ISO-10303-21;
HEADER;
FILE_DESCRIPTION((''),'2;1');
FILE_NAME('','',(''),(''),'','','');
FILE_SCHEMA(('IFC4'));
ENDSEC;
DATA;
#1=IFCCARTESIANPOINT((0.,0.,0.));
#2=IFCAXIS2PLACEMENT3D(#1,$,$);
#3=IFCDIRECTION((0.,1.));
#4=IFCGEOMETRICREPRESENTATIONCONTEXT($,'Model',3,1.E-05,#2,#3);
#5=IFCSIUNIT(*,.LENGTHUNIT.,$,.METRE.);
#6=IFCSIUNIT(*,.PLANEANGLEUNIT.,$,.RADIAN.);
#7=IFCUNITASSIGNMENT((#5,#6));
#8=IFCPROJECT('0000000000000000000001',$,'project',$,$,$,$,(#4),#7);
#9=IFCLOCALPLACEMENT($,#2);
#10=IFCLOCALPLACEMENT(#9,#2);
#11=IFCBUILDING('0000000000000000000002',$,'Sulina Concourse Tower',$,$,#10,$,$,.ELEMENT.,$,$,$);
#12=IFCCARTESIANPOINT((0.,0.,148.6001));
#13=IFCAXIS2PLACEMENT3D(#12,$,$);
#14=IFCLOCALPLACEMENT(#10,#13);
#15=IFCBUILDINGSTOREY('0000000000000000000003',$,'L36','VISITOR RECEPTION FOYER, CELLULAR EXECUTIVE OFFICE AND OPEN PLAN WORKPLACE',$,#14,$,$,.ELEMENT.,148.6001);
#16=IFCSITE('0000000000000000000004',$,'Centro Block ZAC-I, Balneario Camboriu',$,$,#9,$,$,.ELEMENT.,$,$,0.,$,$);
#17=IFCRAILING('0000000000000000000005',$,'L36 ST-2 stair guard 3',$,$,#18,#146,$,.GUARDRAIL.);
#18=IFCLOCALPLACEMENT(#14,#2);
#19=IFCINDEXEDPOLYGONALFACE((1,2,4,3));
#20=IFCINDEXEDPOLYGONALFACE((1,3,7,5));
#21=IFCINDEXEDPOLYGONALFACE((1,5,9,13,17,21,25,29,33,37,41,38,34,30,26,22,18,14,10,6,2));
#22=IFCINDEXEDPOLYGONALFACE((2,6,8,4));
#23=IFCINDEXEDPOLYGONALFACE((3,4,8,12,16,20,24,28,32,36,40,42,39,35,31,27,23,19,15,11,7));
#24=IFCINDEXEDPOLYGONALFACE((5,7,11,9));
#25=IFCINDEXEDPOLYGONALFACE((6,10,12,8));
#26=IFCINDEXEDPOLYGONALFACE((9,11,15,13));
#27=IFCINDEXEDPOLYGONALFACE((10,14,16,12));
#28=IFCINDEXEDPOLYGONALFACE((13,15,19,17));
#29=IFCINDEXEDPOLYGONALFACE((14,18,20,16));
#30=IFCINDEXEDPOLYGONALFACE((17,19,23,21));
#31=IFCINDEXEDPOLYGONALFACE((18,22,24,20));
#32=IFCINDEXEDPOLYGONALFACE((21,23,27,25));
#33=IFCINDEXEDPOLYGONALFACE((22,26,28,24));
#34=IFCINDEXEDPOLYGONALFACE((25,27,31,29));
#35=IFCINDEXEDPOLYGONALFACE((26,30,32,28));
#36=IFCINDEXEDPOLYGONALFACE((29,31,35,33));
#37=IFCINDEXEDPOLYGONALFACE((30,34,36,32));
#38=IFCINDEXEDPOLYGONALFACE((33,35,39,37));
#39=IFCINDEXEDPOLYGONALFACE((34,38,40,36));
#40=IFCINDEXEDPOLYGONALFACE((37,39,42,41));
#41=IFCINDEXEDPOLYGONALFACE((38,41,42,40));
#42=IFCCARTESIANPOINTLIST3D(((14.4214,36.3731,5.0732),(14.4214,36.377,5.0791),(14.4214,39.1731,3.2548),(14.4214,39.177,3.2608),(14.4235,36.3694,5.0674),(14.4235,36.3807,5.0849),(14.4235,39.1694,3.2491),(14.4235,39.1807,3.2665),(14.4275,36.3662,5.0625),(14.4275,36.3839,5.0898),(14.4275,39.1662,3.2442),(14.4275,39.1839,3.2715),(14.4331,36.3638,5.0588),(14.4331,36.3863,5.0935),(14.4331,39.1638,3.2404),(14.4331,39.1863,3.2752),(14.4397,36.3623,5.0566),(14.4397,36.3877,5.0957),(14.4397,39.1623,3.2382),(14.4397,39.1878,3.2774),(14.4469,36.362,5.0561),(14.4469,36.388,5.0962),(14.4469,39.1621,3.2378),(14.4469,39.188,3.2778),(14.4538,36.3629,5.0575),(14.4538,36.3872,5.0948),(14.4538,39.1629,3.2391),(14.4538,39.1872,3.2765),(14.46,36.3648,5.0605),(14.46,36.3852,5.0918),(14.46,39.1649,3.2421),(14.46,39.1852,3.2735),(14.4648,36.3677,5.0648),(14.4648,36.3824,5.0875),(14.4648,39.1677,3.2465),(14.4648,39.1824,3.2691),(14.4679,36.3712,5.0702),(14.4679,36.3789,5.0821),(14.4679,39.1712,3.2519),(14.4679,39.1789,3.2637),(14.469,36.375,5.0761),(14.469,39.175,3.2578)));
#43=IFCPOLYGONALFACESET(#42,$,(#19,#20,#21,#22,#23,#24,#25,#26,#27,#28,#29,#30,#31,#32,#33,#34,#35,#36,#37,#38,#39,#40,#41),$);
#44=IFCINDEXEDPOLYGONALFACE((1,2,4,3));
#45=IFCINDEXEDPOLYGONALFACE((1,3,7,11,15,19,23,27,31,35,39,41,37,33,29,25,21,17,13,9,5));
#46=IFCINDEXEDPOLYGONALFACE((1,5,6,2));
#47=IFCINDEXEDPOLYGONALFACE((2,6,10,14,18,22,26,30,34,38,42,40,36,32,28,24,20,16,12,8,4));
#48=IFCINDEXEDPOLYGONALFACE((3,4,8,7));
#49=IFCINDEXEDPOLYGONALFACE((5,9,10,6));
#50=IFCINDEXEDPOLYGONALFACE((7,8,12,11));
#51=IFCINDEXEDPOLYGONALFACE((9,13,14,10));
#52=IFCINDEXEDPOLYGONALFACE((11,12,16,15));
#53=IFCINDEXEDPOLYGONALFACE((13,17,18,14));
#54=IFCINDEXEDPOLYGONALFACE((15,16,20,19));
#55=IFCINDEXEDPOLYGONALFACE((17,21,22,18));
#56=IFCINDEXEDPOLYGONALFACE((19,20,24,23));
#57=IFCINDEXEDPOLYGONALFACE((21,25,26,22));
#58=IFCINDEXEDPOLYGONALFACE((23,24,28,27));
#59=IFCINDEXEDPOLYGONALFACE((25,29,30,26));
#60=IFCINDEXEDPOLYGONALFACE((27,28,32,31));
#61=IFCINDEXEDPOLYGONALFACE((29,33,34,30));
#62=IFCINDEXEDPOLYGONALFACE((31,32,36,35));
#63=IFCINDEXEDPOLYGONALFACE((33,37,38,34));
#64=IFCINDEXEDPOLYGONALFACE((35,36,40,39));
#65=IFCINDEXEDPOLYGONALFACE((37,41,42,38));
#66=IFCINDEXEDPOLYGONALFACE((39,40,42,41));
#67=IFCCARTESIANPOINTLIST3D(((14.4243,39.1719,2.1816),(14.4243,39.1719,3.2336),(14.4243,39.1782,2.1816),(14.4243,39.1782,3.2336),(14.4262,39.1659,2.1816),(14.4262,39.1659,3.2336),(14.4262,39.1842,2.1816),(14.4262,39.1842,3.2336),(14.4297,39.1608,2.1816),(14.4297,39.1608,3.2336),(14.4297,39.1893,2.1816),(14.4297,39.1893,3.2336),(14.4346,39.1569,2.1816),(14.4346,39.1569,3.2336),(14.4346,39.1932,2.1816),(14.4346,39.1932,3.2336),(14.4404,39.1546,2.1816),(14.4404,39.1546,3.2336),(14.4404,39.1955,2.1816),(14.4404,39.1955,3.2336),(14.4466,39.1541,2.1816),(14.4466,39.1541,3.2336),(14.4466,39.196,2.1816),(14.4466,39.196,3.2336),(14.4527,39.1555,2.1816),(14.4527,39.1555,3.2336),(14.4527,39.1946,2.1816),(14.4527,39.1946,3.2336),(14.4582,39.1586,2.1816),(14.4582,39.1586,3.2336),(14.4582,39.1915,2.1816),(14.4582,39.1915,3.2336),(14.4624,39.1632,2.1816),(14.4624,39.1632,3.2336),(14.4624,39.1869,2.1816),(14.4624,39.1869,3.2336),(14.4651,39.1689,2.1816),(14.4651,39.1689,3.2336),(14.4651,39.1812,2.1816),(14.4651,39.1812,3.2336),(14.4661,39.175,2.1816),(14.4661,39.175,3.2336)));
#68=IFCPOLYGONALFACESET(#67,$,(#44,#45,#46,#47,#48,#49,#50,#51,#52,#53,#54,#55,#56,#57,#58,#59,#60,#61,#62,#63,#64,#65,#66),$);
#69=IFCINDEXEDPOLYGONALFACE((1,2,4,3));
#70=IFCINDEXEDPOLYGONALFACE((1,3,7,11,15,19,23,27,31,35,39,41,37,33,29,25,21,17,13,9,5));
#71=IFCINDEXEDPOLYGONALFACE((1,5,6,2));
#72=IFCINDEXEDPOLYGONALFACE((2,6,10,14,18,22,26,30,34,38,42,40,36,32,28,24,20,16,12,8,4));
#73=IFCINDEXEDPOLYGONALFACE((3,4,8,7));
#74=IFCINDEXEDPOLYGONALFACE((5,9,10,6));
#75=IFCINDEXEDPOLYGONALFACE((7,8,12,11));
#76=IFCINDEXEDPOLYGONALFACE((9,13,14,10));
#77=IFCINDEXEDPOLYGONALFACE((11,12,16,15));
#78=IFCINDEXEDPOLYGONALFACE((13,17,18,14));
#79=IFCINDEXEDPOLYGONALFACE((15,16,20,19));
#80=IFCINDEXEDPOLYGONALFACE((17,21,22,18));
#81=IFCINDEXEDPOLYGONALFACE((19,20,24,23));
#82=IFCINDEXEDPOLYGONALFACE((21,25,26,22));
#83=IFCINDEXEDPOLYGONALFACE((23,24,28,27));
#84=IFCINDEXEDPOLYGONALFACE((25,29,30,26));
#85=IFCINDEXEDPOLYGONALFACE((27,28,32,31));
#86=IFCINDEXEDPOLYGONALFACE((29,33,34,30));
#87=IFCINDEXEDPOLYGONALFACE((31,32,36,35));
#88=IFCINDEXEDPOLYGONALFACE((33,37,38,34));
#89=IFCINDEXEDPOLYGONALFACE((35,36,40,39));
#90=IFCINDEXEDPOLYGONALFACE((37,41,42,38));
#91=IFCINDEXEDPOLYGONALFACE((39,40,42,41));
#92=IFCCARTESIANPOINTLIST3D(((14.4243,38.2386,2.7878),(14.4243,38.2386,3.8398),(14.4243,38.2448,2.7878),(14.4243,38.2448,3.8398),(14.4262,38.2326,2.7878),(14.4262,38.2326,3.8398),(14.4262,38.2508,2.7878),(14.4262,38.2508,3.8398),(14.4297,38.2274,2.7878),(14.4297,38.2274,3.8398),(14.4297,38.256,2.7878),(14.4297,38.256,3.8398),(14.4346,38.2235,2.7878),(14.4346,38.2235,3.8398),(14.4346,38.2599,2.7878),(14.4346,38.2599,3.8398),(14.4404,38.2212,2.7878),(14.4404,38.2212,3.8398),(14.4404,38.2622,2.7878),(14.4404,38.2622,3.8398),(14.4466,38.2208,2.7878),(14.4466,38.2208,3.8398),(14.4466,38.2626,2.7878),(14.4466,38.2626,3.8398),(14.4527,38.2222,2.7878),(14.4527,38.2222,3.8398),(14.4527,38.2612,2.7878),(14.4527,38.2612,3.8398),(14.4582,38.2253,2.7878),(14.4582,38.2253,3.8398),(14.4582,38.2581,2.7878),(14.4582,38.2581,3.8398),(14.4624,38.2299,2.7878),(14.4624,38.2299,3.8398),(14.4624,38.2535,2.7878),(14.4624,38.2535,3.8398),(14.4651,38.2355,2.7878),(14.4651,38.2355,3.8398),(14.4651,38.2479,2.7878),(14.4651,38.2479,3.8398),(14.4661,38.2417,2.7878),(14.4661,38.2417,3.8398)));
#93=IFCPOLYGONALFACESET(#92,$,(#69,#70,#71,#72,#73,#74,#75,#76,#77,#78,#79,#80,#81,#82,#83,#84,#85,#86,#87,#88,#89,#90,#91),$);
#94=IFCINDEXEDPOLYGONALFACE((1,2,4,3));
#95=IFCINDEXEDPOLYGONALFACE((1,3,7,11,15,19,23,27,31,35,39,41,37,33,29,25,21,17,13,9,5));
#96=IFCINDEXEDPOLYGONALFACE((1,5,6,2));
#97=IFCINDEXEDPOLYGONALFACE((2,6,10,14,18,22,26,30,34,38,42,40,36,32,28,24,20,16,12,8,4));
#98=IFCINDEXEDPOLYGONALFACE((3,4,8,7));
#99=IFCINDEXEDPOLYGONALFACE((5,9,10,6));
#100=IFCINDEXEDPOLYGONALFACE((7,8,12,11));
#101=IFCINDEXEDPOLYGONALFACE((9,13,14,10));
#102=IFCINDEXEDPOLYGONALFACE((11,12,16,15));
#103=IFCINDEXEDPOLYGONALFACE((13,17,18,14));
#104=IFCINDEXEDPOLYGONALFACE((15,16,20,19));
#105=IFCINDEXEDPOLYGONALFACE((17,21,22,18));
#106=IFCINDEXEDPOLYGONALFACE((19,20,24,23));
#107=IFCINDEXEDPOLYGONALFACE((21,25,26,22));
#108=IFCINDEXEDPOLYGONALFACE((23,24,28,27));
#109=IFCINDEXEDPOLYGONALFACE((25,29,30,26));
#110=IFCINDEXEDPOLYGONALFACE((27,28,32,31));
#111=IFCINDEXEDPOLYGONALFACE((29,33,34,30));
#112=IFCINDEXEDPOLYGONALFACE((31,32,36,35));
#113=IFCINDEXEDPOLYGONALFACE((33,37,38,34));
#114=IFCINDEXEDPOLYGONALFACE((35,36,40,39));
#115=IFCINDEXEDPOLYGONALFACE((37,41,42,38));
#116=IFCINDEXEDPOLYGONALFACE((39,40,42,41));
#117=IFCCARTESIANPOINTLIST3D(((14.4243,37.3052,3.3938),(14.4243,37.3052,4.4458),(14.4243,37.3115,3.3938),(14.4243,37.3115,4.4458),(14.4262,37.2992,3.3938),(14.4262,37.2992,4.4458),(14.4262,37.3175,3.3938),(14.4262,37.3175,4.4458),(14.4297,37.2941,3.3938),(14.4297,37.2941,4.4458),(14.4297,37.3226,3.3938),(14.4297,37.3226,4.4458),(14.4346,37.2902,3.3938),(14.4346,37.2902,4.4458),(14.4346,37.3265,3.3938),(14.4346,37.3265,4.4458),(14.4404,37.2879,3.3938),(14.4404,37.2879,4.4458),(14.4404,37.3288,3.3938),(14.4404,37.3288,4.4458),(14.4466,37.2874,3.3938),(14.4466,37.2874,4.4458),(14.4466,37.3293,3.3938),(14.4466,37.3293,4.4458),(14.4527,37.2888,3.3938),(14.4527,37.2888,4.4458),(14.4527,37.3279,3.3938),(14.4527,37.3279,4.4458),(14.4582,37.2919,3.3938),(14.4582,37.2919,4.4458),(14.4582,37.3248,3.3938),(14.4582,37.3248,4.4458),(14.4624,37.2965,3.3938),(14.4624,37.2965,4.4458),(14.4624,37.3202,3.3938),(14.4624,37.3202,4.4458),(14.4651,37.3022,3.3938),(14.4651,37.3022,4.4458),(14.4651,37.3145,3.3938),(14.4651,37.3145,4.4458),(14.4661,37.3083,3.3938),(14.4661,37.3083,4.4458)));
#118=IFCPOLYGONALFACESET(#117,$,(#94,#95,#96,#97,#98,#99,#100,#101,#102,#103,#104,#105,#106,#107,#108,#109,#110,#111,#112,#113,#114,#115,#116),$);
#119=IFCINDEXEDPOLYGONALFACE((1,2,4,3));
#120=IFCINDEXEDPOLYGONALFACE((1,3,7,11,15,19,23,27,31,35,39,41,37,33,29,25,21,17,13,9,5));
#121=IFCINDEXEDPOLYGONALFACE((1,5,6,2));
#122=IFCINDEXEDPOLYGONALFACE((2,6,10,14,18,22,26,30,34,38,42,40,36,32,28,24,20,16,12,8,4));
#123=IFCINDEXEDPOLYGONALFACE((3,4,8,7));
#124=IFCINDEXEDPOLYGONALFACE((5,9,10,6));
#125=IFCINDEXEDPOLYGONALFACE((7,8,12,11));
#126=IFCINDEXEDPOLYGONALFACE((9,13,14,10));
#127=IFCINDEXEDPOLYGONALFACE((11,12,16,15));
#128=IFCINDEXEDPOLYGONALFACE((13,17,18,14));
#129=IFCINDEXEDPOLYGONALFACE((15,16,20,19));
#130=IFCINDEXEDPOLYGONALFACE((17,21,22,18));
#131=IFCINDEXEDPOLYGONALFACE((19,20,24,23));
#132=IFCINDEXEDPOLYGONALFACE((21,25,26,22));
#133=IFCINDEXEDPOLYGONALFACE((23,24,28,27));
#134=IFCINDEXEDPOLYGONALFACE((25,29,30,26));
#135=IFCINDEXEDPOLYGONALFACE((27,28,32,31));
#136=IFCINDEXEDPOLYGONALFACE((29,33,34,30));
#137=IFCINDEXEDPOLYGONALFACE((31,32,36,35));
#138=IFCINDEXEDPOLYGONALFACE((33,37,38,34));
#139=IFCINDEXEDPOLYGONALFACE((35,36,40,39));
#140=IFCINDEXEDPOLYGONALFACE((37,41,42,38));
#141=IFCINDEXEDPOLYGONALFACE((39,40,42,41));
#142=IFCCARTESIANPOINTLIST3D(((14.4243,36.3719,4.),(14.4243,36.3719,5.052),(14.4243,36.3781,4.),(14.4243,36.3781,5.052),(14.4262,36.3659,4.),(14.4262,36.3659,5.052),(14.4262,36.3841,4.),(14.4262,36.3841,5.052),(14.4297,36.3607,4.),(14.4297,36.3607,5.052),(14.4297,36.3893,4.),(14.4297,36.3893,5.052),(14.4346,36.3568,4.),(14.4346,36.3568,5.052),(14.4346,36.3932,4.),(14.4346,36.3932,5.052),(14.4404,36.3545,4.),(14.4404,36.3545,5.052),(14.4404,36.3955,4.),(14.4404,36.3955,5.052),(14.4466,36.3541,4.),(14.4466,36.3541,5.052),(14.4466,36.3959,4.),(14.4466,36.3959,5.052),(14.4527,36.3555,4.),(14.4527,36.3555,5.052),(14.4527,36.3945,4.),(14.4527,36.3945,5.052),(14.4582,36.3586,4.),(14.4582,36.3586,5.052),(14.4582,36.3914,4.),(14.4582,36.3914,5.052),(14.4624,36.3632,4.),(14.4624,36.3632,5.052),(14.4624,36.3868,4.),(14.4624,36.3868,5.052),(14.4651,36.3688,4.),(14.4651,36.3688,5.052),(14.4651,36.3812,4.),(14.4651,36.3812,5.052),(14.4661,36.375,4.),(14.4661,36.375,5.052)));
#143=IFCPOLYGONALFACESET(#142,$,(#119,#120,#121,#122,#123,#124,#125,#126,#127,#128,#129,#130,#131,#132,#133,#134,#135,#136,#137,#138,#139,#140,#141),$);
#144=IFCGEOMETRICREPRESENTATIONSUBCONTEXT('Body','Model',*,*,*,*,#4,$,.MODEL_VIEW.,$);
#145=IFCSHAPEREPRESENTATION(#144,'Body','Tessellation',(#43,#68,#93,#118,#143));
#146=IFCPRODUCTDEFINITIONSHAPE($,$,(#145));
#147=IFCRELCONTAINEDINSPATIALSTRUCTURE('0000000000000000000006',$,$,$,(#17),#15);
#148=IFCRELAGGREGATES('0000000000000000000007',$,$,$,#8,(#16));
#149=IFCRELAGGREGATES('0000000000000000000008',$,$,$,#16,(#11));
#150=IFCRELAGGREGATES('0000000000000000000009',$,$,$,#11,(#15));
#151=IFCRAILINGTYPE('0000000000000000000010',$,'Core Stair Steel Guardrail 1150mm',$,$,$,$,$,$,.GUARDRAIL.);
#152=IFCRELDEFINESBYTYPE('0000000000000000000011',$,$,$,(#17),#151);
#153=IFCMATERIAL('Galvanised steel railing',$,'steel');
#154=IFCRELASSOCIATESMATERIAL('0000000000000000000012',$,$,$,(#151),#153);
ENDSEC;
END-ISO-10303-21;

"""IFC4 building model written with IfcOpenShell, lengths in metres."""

from ifc_helpers import new_model, si_unit, direction, frame, origin, origin_2d, place, context, subcontext, project, spatial, circle, extrude, material, type_object, element, save


model = new_model("IFC4")

# Units and contexts
model_context = context("Model", 3, precision=1e-05, world=origin(), true_north=direction((0.0, 1.0)))
body_context = subcontext(model_context, "Body", "Model", "MODEL_VIEW")
ifc_project = project(units=[si_unit("LENGTHUNIT", "METRE"), si_unit("PLANEANGLEUNIT", "RADIAN")], contexts=[model_context])

# Site, building, storey
site_placement = place(None, origin())
site = spatial("IfcSite", under=ifc_project, at=site_placement, Name="Centro Block ZAC-I, Balneario Camboriu", CompositionType="ELEMENT", RefElevation=0.0)
building_placement = place(site_placement, origin())
building = spatial("IfcBuilding", under=site, at=building_placement, Name="Sulina Concourse Tower", CompositionType="ELEMENT")
storey_placement = place(building_placement, frame((0.0, 0.0, 148.6001)))
storey = spatial("IfcBuildingStorey", under=building, at=storey_placement, Name="L36", Description="VISITOR RECEPTION FOYER, CELLULAR EXECUTIVE OFFICE AND OPEN PLAN WORKPLACE", CompositionType="ELEMENT", Elevation=148.6001)

# Railing
ifc_material_1 = material(Name="Galvanised steel railing", Category="steel")
railing_type_1 = type_object("IfcRailingType", Name="Core Stair Steel Guardrail 1150mm", PredefinedType="GUARDRAIL", material=ifc_material_1)
railing_1_placement = place(storey_placement, frame((14.4451, 39.175, 2.1816)))
element("IfcRailing", 1, at=railing_1_placement, inside=storey, type_object=railing_type_1, Name="L36 ST-2 stair guard 3", PredefinedType="GUARDRAIL", context=body_context, shape_type="SweptSolid", body=[
    extrude(circle(Radius=0.0239, at=origin_2d()), frame((0.0, 0.0, 1.0762), z_axis=(0.0, -0.838672, 0.544636), x_axis=(1.0, 0.0, 0.0)), (0.0, 0.0, 1.0), 3.3386),
    extrude(circle(Radius=0.021, at=origin_2d()), origin(), (0.0, 0.0, 1.0), 1.052),
    extrude(circle(Radius=0.021, at=origin_2d()), frame((0.0, -0.9333, 0.6062)), (0.0, 0.0, 1.0), 1.052),
    extrude(circle(Radius=0.021, at=origin_2d()), frame((0.0, -1.8667, 1.2122)), (0.0, 0.0, 1.0), 1.052),
    extrude(circle(Radius=0.021, at=origin_2d()), frame((0.0, -2.8, 1.8184)), (0.0, 0.0, 1.0), 1.052),
])

save(model, "model.ifc")
